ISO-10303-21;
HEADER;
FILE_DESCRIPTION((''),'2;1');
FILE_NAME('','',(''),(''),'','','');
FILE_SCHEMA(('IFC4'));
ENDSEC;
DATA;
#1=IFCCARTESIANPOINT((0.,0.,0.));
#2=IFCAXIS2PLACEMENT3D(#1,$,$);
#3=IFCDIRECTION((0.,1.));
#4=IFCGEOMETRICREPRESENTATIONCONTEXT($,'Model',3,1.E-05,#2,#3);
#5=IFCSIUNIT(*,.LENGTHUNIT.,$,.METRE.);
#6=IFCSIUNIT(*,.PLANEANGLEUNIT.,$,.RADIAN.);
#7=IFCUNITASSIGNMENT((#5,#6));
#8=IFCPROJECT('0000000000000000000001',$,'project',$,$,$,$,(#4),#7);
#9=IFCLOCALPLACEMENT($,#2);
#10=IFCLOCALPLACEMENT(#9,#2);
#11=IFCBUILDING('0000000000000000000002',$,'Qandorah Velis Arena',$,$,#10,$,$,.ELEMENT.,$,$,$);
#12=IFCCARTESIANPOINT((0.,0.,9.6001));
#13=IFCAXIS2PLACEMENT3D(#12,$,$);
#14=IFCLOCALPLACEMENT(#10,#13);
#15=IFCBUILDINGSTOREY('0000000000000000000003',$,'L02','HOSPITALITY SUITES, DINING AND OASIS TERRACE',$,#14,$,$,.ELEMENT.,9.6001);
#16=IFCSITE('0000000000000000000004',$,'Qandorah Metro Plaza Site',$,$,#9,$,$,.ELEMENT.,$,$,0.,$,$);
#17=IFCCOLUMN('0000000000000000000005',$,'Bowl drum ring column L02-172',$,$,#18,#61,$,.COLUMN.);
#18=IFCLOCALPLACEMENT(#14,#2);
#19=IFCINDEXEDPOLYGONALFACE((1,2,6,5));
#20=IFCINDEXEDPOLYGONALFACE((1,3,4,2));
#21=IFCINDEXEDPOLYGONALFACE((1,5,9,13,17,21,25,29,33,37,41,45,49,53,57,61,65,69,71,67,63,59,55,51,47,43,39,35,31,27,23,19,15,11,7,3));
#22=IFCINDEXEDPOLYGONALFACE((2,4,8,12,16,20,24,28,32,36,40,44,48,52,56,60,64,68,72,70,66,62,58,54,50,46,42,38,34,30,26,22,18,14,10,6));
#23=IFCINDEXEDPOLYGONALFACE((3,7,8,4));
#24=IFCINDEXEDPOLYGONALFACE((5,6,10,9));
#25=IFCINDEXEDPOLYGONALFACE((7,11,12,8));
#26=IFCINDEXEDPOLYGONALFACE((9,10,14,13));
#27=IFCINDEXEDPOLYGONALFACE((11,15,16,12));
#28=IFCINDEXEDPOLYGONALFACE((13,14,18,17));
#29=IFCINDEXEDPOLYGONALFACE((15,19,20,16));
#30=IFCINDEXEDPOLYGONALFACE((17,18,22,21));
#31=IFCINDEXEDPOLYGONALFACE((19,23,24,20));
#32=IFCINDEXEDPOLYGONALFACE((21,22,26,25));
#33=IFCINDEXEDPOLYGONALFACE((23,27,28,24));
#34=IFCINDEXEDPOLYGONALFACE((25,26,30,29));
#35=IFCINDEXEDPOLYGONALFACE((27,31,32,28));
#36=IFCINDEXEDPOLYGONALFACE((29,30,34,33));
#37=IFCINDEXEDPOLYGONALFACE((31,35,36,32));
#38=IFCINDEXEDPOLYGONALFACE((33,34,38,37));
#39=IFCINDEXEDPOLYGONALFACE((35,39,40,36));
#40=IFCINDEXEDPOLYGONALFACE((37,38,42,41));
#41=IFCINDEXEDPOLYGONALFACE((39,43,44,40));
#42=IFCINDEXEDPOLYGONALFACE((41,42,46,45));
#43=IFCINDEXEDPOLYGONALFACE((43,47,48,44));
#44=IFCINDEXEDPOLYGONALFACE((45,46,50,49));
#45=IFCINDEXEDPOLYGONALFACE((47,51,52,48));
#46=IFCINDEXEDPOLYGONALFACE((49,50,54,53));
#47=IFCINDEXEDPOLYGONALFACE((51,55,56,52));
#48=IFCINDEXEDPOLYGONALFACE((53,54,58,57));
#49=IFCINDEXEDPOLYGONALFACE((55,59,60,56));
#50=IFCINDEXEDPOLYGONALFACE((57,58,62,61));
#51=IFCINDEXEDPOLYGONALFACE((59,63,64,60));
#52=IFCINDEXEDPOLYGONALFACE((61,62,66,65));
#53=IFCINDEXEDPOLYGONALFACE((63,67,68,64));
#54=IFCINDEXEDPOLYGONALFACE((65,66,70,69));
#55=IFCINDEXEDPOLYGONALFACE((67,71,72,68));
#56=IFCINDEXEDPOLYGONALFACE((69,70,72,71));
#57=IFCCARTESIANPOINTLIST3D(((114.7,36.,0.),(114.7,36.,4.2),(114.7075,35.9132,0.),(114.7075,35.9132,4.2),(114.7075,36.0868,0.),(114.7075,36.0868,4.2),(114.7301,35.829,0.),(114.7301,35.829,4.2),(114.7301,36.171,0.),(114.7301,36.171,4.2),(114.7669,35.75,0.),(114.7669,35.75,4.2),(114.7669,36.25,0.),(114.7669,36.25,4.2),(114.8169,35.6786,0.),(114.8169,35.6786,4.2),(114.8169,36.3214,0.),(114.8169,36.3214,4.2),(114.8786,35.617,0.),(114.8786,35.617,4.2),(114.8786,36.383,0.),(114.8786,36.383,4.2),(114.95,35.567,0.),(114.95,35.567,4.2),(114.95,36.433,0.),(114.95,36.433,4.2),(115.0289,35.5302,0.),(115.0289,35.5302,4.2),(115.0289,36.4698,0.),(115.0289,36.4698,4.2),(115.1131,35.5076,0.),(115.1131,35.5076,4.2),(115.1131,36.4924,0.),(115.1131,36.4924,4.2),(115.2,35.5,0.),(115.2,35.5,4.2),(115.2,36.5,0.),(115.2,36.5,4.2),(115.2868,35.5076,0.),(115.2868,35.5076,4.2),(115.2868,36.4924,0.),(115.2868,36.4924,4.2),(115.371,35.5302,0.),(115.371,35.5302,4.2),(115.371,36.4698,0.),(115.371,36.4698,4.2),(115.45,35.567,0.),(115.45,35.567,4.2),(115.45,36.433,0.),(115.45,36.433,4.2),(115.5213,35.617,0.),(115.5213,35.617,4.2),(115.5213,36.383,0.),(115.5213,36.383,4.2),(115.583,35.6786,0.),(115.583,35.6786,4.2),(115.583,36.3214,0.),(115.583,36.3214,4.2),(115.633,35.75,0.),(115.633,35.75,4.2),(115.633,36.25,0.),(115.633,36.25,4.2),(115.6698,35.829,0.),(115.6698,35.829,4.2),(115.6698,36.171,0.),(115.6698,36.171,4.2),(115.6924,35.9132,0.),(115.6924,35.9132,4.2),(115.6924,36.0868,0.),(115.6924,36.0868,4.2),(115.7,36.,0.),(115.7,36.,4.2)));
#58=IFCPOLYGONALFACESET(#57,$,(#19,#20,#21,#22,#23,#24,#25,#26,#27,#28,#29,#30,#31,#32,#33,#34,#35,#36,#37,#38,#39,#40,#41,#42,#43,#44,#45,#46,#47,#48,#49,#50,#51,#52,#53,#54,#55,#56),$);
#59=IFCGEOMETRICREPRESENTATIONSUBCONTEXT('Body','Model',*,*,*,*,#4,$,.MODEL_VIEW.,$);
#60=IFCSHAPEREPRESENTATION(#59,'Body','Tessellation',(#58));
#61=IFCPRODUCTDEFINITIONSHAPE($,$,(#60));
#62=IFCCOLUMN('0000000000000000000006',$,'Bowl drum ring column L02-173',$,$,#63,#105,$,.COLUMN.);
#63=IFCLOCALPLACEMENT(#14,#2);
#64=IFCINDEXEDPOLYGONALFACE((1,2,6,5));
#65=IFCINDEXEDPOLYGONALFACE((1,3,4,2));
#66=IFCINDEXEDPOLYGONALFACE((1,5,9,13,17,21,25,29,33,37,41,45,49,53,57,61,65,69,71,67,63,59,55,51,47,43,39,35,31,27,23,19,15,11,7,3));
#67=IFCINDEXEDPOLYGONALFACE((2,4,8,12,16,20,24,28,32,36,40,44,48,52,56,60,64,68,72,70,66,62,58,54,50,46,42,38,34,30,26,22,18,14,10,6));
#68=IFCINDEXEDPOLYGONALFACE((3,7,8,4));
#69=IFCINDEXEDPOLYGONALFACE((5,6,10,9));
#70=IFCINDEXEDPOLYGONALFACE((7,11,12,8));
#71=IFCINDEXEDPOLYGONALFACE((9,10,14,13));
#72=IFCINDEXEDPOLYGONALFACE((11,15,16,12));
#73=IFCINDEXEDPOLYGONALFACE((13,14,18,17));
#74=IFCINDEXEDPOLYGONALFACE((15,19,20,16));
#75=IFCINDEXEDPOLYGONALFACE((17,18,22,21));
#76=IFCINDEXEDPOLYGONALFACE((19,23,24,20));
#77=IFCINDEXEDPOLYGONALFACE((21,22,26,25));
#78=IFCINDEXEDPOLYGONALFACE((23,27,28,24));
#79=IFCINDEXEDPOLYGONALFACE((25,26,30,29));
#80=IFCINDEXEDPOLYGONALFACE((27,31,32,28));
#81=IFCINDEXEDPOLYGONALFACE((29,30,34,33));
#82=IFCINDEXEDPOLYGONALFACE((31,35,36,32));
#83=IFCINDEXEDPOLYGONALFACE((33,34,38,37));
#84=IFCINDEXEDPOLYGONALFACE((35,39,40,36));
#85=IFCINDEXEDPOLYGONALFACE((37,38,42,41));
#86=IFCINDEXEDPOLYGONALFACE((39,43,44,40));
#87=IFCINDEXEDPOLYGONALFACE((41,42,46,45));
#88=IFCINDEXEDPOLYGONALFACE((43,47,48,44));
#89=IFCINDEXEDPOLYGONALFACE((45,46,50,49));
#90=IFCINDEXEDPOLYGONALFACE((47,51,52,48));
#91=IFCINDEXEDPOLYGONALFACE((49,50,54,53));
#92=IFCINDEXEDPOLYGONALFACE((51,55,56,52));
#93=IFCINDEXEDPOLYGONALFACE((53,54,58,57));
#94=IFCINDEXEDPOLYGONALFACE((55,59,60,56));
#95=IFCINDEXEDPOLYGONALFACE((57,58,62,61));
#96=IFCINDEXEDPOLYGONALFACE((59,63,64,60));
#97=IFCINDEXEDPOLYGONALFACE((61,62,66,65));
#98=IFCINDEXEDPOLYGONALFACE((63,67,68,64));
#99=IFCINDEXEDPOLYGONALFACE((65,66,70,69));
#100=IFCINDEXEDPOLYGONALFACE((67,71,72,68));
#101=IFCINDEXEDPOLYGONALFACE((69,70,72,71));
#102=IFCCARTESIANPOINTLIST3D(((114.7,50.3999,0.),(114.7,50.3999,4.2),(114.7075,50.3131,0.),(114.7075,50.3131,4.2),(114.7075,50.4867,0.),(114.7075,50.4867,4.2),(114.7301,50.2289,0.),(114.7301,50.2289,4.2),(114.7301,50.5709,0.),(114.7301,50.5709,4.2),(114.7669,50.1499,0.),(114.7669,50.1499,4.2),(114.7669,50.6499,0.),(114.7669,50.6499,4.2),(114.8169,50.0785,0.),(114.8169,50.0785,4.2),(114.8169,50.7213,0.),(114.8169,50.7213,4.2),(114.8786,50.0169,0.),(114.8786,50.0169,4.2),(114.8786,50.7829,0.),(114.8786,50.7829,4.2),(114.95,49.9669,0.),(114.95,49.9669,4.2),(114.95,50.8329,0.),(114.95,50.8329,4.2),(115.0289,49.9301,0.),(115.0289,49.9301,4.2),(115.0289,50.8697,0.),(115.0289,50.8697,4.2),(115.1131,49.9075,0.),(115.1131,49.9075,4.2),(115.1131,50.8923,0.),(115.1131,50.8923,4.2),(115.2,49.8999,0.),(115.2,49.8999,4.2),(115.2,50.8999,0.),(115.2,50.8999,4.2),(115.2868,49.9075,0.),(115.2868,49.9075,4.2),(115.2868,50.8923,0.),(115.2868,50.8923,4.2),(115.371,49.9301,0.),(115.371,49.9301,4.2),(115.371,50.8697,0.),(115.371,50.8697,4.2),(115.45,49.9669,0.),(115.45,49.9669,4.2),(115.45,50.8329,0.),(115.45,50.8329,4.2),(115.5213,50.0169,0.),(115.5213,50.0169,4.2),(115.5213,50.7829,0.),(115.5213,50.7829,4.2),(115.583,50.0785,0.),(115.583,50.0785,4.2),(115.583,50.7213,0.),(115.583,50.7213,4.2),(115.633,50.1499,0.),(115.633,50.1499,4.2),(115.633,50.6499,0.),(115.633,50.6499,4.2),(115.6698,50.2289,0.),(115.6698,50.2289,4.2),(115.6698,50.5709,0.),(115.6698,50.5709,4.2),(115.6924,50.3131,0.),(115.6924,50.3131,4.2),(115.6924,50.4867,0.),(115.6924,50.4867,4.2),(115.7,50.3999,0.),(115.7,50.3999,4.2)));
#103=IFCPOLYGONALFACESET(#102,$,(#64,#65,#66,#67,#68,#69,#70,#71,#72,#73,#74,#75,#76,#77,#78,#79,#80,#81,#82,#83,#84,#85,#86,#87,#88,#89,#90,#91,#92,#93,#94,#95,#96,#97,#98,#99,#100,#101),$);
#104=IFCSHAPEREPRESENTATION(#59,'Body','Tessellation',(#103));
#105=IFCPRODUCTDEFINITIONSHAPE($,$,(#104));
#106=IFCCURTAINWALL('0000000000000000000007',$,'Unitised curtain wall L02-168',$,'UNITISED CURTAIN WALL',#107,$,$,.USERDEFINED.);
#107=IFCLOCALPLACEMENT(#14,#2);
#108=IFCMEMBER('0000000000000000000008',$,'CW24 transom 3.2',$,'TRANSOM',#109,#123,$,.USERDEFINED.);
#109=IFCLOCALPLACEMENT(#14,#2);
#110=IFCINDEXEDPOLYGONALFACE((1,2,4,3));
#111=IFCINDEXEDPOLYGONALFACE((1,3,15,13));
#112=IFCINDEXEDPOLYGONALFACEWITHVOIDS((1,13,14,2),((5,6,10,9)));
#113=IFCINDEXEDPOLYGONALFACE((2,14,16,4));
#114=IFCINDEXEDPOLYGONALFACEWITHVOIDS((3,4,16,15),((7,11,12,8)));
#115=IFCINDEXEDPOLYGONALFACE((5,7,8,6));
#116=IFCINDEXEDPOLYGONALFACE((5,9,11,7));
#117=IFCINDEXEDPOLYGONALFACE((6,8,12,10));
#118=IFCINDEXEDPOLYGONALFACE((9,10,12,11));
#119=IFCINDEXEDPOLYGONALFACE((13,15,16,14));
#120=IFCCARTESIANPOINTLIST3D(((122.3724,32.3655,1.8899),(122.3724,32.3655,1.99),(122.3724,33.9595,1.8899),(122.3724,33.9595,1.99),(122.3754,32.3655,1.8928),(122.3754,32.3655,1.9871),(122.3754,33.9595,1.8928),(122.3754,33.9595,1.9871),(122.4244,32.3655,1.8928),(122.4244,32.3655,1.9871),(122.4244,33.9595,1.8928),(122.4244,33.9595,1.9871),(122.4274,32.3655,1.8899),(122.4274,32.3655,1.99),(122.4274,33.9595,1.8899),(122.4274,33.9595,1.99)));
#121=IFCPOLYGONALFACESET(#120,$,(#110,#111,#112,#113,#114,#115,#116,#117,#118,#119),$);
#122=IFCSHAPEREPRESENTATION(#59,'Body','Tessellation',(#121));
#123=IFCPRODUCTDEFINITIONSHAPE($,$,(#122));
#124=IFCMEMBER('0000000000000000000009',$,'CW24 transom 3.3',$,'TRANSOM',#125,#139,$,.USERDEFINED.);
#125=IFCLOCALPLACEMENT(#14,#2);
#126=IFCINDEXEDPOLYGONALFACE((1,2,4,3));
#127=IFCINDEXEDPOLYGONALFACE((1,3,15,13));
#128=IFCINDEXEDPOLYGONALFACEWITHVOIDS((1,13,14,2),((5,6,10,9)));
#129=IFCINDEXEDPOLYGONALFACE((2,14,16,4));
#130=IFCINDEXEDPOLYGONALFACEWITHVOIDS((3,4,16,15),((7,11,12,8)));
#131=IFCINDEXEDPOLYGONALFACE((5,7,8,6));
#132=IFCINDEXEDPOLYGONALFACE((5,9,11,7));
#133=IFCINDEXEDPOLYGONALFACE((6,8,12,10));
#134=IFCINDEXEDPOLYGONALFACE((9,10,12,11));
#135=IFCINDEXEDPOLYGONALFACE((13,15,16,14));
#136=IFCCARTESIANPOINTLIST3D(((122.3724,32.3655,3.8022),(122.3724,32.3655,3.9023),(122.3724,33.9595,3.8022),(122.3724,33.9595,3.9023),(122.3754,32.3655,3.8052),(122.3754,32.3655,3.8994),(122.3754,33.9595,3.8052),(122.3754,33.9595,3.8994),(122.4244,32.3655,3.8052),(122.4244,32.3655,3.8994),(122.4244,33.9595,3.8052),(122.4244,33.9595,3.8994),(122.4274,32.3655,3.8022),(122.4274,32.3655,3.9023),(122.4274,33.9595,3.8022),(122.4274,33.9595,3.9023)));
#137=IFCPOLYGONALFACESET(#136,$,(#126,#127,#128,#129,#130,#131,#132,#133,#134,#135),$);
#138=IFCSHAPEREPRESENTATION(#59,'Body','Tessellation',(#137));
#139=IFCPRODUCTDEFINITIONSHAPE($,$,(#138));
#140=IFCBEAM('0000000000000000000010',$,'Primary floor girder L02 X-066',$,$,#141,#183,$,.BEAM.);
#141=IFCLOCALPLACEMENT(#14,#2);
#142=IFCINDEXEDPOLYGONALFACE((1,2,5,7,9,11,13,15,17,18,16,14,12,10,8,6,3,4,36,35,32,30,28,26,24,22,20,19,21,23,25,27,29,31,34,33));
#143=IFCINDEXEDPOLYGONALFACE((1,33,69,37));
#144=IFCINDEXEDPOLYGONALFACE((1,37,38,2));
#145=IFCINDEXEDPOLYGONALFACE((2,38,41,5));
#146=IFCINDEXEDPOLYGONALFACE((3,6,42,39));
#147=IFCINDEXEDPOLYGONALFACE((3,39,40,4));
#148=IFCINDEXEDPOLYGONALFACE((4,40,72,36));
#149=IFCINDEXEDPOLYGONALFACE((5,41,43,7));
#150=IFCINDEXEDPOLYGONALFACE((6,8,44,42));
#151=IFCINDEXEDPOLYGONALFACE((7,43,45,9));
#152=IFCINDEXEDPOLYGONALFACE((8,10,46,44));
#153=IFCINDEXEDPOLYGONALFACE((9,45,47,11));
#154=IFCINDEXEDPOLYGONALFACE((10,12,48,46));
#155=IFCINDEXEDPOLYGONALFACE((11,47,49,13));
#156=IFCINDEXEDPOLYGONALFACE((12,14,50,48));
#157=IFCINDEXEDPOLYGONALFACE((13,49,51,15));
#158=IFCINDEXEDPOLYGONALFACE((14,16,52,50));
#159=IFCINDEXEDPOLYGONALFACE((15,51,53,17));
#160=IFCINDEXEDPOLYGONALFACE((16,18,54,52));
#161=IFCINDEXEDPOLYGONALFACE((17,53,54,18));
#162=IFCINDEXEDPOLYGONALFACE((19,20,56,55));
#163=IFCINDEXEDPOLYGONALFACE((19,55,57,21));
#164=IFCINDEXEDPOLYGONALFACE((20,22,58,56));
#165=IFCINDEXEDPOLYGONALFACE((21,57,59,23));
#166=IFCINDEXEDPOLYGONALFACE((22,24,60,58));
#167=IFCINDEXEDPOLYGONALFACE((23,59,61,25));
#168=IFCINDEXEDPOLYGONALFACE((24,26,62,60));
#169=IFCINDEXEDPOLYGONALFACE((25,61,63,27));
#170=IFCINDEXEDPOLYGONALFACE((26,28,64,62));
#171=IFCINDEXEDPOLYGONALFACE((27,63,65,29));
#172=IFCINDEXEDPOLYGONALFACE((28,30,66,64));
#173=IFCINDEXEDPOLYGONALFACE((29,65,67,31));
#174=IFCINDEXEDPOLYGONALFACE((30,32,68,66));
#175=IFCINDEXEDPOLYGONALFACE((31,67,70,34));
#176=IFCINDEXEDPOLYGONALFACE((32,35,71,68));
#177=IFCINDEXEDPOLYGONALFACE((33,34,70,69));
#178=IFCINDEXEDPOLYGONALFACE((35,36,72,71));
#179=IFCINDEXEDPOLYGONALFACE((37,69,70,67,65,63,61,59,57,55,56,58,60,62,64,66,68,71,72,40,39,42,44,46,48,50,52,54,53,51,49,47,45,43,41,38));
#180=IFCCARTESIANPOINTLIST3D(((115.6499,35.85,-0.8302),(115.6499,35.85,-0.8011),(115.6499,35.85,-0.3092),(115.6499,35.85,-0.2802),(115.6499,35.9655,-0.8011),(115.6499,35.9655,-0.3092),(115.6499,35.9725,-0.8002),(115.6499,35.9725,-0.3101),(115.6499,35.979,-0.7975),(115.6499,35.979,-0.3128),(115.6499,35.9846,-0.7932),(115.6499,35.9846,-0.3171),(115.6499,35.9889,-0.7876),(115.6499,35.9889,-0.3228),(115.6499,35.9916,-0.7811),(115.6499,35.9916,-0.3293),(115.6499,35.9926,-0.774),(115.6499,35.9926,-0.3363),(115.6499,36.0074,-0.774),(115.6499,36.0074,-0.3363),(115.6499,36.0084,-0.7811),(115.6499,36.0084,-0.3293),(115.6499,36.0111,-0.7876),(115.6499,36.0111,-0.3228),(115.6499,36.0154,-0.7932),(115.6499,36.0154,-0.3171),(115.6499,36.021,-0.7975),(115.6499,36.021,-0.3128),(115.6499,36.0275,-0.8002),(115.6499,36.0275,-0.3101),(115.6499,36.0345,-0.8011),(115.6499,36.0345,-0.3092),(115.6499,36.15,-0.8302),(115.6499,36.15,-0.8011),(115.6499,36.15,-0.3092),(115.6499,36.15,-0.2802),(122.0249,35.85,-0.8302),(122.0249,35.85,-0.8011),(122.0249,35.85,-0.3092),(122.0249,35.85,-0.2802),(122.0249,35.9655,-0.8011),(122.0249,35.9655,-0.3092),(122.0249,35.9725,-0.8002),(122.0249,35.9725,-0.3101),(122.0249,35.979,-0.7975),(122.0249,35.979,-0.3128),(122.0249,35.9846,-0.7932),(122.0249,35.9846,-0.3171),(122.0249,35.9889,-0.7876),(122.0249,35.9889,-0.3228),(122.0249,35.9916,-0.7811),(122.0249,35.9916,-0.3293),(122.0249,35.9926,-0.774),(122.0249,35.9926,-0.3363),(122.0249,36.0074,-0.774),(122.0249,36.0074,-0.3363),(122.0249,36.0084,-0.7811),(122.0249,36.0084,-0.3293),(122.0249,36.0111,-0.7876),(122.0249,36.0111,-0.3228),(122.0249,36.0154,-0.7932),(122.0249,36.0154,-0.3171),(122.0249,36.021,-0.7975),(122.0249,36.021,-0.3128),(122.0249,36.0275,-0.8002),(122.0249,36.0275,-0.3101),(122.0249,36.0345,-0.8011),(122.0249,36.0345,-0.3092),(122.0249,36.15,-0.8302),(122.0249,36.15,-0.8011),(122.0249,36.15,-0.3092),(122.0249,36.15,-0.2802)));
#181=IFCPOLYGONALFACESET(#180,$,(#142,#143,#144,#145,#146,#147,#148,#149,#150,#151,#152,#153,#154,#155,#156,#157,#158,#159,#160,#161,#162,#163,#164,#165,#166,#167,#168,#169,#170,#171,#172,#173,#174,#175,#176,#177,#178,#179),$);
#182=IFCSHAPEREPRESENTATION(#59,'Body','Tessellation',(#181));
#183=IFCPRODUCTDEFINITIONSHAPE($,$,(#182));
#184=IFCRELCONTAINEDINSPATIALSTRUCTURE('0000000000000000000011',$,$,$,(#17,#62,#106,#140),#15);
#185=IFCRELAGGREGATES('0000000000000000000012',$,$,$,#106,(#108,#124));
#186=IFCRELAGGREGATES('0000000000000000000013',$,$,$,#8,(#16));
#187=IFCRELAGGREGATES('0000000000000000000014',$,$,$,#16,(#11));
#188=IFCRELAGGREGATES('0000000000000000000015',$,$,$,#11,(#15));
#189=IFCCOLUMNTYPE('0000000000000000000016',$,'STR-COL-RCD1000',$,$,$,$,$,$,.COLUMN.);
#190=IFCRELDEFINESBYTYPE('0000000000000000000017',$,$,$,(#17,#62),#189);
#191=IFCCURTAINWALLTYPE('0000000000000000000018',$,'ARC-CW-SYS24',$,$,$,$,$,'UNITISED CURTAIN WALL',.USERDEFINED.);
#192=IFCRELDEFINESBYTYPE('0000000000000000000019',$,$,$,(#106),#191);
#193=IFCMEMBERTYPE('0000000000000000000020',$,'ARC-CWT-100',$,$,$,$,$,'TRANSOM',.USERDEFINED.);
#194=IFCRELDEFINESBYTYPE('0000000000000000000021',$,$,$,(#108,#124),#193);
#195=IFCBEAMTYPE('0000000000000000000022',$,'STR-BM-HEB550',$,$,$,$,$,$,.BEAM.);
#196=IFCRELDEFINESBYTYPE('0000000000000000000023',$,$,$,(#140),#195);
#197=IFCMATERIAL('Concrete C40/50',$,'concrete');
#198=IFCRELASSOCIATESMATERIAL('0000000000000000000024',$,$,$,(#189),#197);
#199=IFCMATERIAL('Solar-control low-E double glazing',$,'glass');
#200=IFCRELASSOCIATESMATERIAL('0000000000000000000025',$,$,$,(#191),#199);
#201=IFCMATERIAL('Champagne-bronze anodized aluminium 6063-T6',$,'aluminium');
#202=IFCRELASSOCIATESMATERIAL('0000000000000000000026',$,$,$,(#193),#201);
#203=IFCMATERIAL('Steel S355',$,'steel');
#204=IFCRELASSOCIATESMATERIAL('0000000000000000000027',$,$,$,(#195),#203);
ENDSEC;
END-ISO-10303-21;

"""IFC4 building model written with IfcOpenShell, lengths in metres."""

from ifc_helpers import new_model, si_unit, direction, frame, origin, origin_2d, place, context, subcontext, project, spatial, hollow_rectangle, circle, i_section, extrude, material, material_profile, profile_set, type_object, element, aggregate, save


model = new_model("IFC4")

# Units and contexts
model_context = context("Model", 3, precision=1e-05, world=origin(), true_north=direction((0.0, 1.0)))
body_context = subcontext(model_context, "Body", "Model", "MODEL_VIEW")
ifc_project = project(units=[si_unit("LENGTHUNIT", "METRE"), si_unit("PLANEANGLEUNIT", "RADIAN")], contexts=[model_context])

# Site, building, storey
site_placement = place(None, origin())
site = spatial("IfcSite", under=ifc_project, at=site_placement, Name="Qandorah Metro Plaza Site", CompositionType="ELEMENT", RefElevation=0.0)
building_placement = place(site_placement, origin())
building = spatial("IfcBuilding", under=site, at=building_placement, Name="Qandorah Velis Arena", CompositionType="ELEMENT")
storey_placement = place(building_placement, frame((0.0, 0.0, 9.6001)))
storey = spatial("IfcBuildingStorey", under=building, at=storey_placement, Name="L02", Description="HOSPITALITY SUITES, DINING AND OASIS TERRACE", CompositionType="ELEMENT", Elevation=9.6001)

# Columns
ifc_material_1 = material(Name="Concrete C40/50", Category="concrete")
ifc_material_profile_1 = material_profile(ifc_material_1, circle(Radius=0.5, at=origin_2d()), Name="RC D1000")
ifc_profile_set_1 = profile_set([ifc_material_profile_1], Name="Concrete C40/50")
column_type = type_object("IfcColumnType", Name="STR-COL-RCD1000", PredefinedType="COLUMN", material=ifc_profile_set_1)
for number, where, z_axis, x_axis, name in (
    (1, (115.2, 36.0, 0.0), (0.0, 0.0, 1.0), (1.0, 0.0, 0.0), "Bowl drum ring column L02-172"),
    (2, (115.2, 50.3999, 0.0), (0.0, 0.0, 1.0), (1.0, 0.0, 0.0), "Bowl drum ring column L02-173"),
):
    element("IfcColumn", number, at=place(storey_placement, frame(where, z_axis=z_axis, x_axis=x_axis)), inside=storey, type_object=column_type, Name=name, PredefinedType="COLUMN", context=body_context, shape_type="SweptSolid", body=[
        extrude(circle(Radius=0.5, at=origin_2d()), origin(), (0.0, 0.0, 1.0), 4.2),
    ])

# Curtain wall, members
ifc_material_2 = material(Name="Solar-control low-E double glazing", Category="glass")
curtain_wall_type = type_object("IfcCurtainWallType", Name="ARC-CW-SYS24", ElementType="UNITISED CURTAIN WALL", PredefinedType="USERDEFINED", material=ifc_material_2)
curtain_wall_placement = place(storey_placement, origin())
curtain_wall = element("IfcCurtainWall", 3, at=curtain_wall_placement, inside=storey, type_object=curtain_wall_type, Name="Unitised curtain wall L02-168", ObjectType="UNITISED CURTAIN WALL", PredefinedType="USERDEFINED")
ifc_material_3 = material(Name="Champagne-bronze anodized aluminium 6063-T6", Category="aluminium")
ifc_material_profile_2 = material_profile(ifc_material_3, hollow_rectangle(XDim=0.0549, YDim=0.1001, WallThickness=0.0029, at=origin_2d()), Name="ALU TRANSOM 55x100")
ifc_profile_set_2 = profile_set([ifc_material_profile_2], Name="Champagne-bronze anodized aluminium 6063-T6")
member_type = type_object("IfcMemberType", Name="ARC-CWT-100", ElementType="TRANSOM", PredefinedType="USERDEFINED", material=ifc_profile_set_2)
member_1_placement = place(storey_placement, frame((122.3999, 32.3655, 1.9399), z_axis=(0.0, 1.0, 0.0), x_axis=(-1.0, 0.0, 0.0)))
member_1 = element("IfcMember", 4, at=member_1_placement, type_object=member_type, Name="CW24 transom 3.2", ObjectType="TRANSOM", PredefinedType="USERDEFINED", context=body_context, shape_type="SweptSolid", body=[
    extrude(hollow_rectangle(XDim=0.0549, YDim=0.1001, WallThickness=0.0029, at=origin_2d()), origin(), (0.0, 0.0, 1.0), 1.594),
])
member_2_placement = place(storey_placement, frame((122.3999, 32.3655, 3.8523), z_axis=(0.0, 1.0, 0.0), x_axis=(-1.0, 0.0, 0.0)))
member_2 = element("IfcMember", 5, at=member_2_placement, type_object=member_type, Name="CW24 transom 3.3", ObjectType="TRANSOM", PredefinedType="USERDEFINED", context=body_context, shape_type="SweptSolid", body=[
    extrude(hollow_rectangle(XDim=0.0549, YDim=0.1001, WallThickness=0.0029, at=origin_2d()), origin(), (0.0, 0.0, 1.0), 1.594),
])
aggregate(curtain_wall, [member_1, member_2])

# Beam
ifc_material_4 = material(Name="Steel S355", Category="steel")
ifc_material_profile_3 = material_profile(ifc_material_4, i_section(OverallWidth=0.3, OverallDepth=0.55, WebThickness=0.0149, FlangeThickness=0.0291, FilletRadius=0.0271, at=origin_2d()), Name="HEB 550")
ifc_profile_set_3 = profile_set([ifc_material_profile_3], Name="Steel S355")
beam_type_1 = type_object("IfcBeamType", Name="STR-BM-HEB550", PredefinedType="BEAM", material=ifc_profile_set_3)
beam_1_placement = place(storey_placement, frame((115.6499, 36.0, -0.5552), z_axis=(1.0, 0.0, 0.0), x_axis=(0.0, 1.0, 0.0)))
element("IfcBeam", 6, at=beam_1_placement, inside=storey, type_object=beam_type_1, Name="Primary floor girder L02 X-066", PredefinedType="BEAM", context=body_context, shape_type="SweptSolid", body=[
    extrude(i_section(OverallWidth=0.3, OverallDepth=0.55, WebThickness=0.0149, FlangeThickness=0.0291, FilletRadius=0.0271, at=origin_2d()), origin(), (0.0, 0.0, 1.0), 6.375),
])

save(model, "model.ifc")
